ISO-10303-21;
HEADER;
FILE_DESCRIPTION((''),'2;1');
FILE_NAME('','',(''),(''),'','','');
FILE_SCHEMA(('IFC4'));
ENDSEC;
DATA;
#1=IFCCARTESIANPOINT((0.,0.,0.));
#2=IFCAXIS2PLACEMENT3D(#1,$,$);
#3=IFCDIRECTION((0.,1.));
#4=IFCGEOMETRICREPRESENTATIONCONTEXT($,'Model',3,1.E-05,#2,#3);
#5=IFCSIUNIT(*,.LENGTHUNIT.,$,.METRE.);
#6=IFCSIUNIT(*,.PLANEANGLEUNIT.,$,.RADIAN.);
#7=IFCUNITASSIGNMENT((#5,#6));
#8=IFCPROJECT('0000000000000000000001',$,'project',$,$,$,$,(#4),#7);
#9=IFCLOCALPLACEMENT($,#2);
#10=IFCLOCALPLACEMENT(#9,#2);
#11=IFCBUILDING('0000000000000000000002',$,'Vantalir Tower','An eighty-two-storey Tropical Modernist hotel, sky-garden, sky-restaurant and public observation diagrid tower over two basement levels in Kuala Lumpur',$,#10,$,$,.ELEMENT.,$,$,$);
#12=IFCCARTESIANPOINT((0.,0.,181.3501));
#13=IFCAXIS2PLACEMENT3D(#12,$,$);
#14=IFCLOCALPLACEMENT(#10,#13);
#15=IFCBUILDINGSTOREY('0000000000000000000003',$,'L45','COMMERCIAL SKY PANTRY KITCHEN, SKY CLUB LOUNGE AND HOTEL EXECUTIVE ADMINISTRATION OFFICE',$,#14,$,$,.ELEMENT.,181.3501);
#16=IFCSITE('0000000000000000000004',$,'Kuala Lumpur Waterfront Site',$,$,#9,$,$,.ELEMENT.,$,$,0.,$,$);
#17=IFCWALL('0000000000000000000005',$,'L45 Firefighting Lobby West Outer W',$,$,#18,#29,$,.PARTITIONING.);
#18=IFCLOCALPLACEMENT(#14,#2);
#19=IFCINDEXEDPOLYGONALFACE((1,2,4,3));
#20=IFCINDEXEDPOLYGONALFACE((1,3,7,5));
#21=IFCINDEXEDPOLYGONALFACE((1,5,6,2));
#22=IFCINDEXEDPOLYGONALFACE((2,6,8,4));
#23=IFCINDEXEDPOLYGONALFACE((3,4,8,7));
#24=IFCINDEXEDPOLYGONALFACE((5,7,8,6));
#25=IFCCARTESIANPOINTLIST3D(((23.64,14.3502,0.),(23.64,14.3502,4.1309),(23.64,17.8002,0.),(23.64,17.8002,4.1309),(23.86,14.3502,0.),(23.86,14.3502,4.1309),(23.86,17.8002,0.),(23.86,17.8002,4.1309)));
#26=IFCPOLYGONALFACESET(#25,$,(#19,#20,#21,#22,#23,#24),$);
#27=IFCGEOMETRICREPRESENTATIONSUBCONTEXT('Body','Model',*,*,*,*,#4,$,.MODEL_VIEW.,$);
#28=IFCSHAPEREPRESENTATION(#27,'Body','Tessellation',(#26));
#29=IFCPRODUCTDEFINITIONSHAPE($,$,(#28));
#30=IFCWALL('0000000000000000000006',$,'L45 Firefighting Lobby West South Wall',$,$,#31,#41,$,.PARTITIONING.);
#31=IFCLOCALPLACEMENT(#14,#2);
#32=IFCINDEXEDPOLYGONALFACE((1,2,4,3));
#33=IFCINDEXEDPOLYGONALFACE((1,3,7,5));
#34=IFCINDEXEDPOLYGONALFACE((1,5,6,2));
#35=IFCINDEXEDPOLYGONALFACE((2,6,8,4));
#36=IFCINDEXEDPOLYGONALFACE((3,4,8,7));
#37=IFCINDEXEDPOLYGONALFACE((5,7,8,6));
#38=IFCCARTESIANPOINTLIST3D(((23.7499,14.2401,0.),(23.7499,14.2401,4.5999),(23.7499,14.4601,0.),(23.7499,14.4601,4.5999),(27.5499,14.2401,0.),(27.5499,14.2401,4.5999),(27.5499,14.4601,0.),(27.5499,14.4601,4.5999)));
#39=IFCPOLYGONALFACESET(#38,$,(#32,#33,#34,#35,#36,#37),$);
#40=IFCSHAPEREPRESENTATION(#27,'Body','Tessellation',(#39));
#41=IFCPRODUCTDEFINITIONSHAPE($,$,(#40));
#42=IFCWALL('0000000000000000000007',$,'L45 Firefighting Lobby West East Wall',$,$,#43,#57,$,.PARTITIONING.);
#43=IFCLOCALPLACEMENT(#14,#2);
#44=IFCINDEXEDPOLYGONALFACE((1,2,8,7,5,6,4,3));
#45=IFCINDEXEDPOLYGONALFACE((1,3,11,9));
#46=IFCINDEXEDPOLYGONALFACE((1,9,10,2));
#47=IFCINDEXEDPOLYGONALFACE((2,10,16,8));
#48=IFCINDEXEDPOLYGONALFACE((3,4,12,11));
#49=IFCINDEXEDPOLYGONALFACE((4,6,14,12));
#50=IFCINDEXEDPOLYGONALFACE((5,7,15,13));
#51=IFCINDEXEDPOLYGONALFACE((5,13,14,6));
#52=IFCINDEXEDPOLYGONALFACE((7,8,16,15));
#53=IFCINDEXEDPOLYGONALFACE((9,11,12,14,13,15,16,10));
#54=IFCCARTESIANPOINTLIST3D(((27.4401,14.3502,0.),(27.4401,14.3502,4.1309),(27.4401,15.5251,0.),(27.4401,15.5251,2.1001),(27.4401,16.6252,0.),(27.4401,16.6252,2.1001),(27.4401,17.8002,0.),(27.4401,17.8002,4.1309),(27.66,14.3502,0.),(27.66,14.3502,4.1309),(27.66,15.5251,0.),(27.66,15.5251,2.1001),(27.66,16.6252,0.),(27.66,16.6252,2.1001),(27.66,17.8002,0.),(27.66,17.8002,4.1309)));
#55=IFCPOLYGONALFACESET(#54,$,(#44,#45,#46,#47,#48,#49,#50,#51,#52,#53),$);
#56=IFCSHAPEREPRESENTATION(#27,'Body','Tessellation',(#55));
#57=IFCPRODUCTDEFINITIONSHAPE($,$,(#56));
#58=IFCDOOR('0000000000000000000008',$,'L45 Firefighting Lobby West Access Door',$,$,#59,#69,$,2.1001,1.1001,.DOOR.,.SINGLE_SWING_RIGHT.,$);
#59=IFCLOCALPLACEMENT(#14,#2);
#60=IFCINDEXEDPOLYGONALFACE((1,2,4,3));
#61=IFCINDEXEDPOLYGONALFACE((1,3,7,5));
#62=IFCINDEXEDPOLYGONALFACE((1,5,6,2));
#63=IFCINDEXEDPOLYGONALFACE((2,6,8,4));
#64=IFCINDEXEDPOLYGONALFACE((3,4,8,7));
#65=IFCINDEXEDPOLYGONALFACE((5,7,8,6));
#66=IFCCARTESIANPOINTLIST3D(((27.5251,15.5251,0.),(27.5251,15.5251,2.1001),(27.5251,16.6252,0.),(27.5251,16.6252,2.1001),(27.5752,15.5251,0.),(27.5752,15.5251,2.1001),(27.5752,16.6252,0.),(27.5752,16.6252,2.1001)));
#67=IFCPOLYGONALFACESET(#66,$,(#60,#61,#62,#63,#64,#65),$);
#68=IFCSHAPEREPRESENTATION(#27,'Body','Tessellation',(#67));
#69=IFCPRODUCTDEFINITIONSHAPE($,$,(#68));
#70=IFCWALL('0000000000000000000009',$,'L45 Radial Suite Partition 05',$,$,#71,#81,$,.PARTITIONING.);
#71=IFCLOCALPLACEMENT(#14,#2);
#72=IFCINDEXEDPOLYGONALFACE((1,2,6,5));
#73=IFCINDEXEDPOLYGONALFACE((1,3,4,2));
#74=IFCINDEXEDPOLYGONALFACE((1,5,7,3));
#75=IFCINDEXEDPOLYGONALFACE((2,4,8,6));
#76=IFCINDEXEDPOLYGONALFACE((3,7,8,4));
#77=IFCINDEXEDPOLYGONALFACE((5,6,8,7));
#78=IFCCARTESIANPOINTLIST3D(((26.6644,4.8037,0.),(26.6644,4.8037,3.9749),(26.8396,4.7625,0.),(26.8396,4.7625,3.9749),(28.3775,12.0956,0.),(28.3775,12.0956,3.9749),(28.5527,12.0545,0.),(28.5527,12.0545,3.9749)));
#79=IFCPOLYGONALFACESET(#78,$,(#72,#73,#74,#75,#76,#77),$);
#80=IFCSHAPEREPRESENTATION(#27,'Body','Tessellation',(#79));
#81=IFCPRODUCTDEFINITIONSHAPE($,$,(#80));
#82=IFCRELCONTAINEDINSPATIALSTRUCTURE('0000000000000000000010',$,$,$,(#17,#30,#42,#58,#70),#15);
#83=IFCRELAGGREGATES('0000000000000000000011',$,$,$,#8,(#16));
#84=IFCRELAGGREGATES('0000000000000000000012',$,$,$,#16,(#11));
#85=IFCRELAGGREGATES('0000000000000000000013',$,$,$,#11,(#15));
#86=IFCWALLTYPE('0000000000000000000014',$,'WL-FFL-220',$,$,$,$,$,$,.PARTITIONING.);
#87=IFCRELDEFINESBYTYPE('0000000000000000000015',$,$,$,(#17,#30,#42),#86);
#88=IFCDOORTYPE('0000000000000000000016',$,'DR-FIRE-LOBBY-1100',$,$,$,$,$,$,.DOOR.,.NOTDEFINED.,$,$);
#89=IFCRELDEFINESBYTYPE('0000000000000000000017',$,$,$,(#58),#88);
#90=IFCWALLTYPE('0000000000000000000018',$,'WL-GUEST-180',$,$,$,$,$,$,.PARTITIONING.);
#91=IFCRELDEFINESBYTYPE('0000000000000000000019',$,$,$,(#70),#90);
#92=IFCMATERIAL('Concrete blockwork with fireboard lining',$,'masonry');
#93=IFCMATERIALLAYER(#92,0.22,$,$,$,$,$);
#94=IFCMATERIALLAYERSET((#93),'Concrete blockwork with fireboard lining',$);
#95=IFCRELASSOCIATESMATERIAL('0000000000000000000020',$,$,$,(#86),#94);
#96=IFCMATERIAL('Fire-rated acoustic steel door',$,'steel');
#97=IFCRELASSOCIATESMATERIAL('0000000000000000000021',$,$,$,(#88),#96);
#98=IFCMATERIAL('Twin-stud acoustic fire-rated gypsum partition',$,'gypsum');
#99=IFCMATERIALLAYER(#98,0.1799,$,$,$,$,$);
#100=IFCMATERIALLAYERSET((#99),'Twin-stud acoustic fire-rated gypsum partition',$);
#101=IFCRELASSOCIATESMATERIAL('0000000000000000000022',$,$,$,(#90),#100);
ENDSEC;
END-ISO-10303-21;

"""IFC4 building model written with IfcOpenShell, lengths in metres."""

from ifc_helpers import new_model, si_unit, direction, frame, frame_2d, origin, place, context, subcontext, project, spatial, rectangle, extrude, material, layer, layer_set, type_object, element, fill, save


model = new_model("IFC4")

# Units and contexts
model_context = context("Model", 3, precision=1e-05, world=origin(), true_north=direction((0.0, 1.0)))
body_context = subcontext(model_context, "Body", "Model", "MODEL_VIEW")
ifc_project = project(units=[si_unit("LENGTHUNIT", "METRE"), si_unit("PLANEANGLEUNIT", "RADIAN")], contexts=[model_context])

# Site, building, storey
site_placement = place(None, origin())
site = spatial("IfcSite", under=ifc_project, at=site_placement, Name="Kuala Lumpur Waterfront Site", CompositionType="ELEMENT", RefElevation=0.0)
building_placement = place(site_placement, origin())
building = spatial("IfcBuilding", under=site, at=building_placement, Name="Vantalir Tower", Description="An eighty-two-storey Tropical Modernist hotel, sky-garden, sky-restaurant and public observation diagrid tower over two basement levels in Kuala Lumpur", CompositionType="ELEMENT")
storey_placement = place(building_placement, frame((0.0, 0.0, 181.3501)))
storey = spatial("IfcBuildingStorey", under=building, at=storey_placement, Name="L45", Description="COMMERCIAL SKY PANTRY KITCHEN, SKY CLUB LOUNGE AND HOTEL EXECUTIVE ADMINISTRATION OFFICE", CompositionType="ELEMENT", Elevation=181.3501)

# Walls
ifc_material_1 = material(Name="Concrete blockwork with fireboard lining", Category="masonry")
ifc_layer_1 = layer(ifc_material_1, 0.22)
ifc_layer_set_1 = layer_set([ifc_layer_1], Name="Concrete blockwork with fireboard lining")
wall_type_1 = type_object("IfcWallType", Name="WL-FFL-220", PredefinedType="PARTITIONING", material=ifc_layer_set_1)
wall_1_placement = place(storey_placement, frame((23.75, 14.3501, 0.0), z_axis=(0.0, 0.0, 1.0), x_axis=(0.0, 1.0, 0.0)))
element("IfcWall", 1, at=wall_1_placement, inside=storey, type_object=wall_type_1, Name="L45 Firefighting Lobby West Outer W", PredefinedType="PARTITIONING", context=body_context, shape_type="SweptSolid", body=[
    extrude(rectangle(XDim=3.45, YDim=0.22, at=frame_2d((1.7251, 0.0))), origin(), (0.0, 0.0, 1.0), 4.1309),
])
wall_2_placement = place(storey_placement, frame((23.75, 14.3501, 0.0), z_axis=(0.0, 0.0, 1.0), x_axis=(1.0, 0.0, 0.0)))
element("IfcWall", 2, at=wall_2_placement, inside=storey, type_object=wall_type_1, Name="L45 Firefighting Lobby West South Wall", PredefinedType="PARTITIONING", context=body_context, shape_type="SweptSolid", body=[
    extrude(rectangle(XDim=3.8, YDim=0.22, at=frame_2d((1.8999, 0.0))), origin(), (0.0, 0.0, 1.0), 4.5999),
])

# Wall, opening, door
wall_3_placement = place(storey_placement, frame((27.55, 14.3501, 0.0), z_axis=(0.0, 0.0, 1.0), x_axis=(0.0, 1.0, 0.0)))
wall_3 = element("IfcWall", 3, at=wall_3_placement, inside=storey, type_object=wall_type_1, Name="L45 Firefighting Lobby West East Wall", PredefinedType="PARTITIONING", context=body_context, shape_type="SweptSolid", body=[
    extrude(rectangle(XDim=3.45, YDim=0.22, at=frame_2d((1.7251, 0.0))), origin(), (0.0, 0.0, 1.0), 4.1309),
])
opening_1_placement = place(wall_3_placement, frame((1.175, 0.0, 0.0)))
opening_1 = element("IfcOpeningElement", 4, at=opening_1_placement, cuts=wall_3, PredefinedType="OPENING", context=body_context, shape_type="SweptSolid", body=[
    extrude(rectangle(XDim=1.1001, YDim=2.1001, at=frame_2d((0.55, 1.05))), frame((0.0, 0.1199, 0.0), z_axis=(0.0, -1.0, 0.0), x_axis=(1.0, 0.0, 0.0)), (0.0, 0.0, 1.0), 0.24),
])
ifc_material_2 = material(Name="Fire-rated acoustic steel door", Category="steel")
door_type_1 = type_object("IfcDoorType", Name="DR-FIRE-LOBBY-1100", OperationType="NOTDEFINED", PredefinedType="DOOR", material=ifc_material_2)
door_1_placement = place(opening_1_placement, origin())
door_1 = element("IfcDoor", 5, at=door_1_placement, inside=storey, type_object=door_type_1, Name="L45 Firefighting Lobby West Access Door", OperationType="SINGLE_SWING_RIGHT", OverallHeight=2.1001, OverallWidth=1.1001, PredefinedType="DOOR", context=body_context, shape_type="SweptSolid", body=[
    extrude(rectangle(XDim=1.1001, YDim=2.1001, at=frame_2d((0.55, 1.05))), frame((0.0, 0.0249, 0.0), z_axis=(0.0, -1.0, 0.0), x_axis=(1.0, 0.0, 0.0)), (0.0, 0.0, 1.0), 0.05),
])
fill(opening_1, door_1)

# Wall
ifc_material_3 = material(Name="Twin-stud acoustic fire-rated gypsum partition", Category="gypsum")
ifc_layer_2 = layer(ifc_material_3, 0.1799)
ifc_layer_set_2 = layer_set([ifc_layer_2], Name="Twin-stud acoustic fire-rated gypsum partition")
wall_type_2 = type_object("IfcWallType", Name="WL-GUEST-180", PredefinedType="PARTITIONING", material=ifc_layer_set_2)
wall_4_placement = place(storey_placement, frame((28.4651, 12.075, 0.0), z_axis=(0.0, 0.0, 1.0), x_axis=(-0.228707, -0.973495, 0.0)))
element("IfcWall", 6, at=wall_4_placement, inside=storey, type_object=wall_type_2, Name="L45 Radial Suite Partition 05", PredefinedType="PARTITIONING", context=body_context, shape_type="SweptSolid", body=[
    extrude(rectangle(XDim=7.4905, YDim=0.1799, at=frame_2d((3.7451, 0.0))), origin(), (0.0, 0.0, 1.0), 3.9749),
])

save(model, "model.ifc")
